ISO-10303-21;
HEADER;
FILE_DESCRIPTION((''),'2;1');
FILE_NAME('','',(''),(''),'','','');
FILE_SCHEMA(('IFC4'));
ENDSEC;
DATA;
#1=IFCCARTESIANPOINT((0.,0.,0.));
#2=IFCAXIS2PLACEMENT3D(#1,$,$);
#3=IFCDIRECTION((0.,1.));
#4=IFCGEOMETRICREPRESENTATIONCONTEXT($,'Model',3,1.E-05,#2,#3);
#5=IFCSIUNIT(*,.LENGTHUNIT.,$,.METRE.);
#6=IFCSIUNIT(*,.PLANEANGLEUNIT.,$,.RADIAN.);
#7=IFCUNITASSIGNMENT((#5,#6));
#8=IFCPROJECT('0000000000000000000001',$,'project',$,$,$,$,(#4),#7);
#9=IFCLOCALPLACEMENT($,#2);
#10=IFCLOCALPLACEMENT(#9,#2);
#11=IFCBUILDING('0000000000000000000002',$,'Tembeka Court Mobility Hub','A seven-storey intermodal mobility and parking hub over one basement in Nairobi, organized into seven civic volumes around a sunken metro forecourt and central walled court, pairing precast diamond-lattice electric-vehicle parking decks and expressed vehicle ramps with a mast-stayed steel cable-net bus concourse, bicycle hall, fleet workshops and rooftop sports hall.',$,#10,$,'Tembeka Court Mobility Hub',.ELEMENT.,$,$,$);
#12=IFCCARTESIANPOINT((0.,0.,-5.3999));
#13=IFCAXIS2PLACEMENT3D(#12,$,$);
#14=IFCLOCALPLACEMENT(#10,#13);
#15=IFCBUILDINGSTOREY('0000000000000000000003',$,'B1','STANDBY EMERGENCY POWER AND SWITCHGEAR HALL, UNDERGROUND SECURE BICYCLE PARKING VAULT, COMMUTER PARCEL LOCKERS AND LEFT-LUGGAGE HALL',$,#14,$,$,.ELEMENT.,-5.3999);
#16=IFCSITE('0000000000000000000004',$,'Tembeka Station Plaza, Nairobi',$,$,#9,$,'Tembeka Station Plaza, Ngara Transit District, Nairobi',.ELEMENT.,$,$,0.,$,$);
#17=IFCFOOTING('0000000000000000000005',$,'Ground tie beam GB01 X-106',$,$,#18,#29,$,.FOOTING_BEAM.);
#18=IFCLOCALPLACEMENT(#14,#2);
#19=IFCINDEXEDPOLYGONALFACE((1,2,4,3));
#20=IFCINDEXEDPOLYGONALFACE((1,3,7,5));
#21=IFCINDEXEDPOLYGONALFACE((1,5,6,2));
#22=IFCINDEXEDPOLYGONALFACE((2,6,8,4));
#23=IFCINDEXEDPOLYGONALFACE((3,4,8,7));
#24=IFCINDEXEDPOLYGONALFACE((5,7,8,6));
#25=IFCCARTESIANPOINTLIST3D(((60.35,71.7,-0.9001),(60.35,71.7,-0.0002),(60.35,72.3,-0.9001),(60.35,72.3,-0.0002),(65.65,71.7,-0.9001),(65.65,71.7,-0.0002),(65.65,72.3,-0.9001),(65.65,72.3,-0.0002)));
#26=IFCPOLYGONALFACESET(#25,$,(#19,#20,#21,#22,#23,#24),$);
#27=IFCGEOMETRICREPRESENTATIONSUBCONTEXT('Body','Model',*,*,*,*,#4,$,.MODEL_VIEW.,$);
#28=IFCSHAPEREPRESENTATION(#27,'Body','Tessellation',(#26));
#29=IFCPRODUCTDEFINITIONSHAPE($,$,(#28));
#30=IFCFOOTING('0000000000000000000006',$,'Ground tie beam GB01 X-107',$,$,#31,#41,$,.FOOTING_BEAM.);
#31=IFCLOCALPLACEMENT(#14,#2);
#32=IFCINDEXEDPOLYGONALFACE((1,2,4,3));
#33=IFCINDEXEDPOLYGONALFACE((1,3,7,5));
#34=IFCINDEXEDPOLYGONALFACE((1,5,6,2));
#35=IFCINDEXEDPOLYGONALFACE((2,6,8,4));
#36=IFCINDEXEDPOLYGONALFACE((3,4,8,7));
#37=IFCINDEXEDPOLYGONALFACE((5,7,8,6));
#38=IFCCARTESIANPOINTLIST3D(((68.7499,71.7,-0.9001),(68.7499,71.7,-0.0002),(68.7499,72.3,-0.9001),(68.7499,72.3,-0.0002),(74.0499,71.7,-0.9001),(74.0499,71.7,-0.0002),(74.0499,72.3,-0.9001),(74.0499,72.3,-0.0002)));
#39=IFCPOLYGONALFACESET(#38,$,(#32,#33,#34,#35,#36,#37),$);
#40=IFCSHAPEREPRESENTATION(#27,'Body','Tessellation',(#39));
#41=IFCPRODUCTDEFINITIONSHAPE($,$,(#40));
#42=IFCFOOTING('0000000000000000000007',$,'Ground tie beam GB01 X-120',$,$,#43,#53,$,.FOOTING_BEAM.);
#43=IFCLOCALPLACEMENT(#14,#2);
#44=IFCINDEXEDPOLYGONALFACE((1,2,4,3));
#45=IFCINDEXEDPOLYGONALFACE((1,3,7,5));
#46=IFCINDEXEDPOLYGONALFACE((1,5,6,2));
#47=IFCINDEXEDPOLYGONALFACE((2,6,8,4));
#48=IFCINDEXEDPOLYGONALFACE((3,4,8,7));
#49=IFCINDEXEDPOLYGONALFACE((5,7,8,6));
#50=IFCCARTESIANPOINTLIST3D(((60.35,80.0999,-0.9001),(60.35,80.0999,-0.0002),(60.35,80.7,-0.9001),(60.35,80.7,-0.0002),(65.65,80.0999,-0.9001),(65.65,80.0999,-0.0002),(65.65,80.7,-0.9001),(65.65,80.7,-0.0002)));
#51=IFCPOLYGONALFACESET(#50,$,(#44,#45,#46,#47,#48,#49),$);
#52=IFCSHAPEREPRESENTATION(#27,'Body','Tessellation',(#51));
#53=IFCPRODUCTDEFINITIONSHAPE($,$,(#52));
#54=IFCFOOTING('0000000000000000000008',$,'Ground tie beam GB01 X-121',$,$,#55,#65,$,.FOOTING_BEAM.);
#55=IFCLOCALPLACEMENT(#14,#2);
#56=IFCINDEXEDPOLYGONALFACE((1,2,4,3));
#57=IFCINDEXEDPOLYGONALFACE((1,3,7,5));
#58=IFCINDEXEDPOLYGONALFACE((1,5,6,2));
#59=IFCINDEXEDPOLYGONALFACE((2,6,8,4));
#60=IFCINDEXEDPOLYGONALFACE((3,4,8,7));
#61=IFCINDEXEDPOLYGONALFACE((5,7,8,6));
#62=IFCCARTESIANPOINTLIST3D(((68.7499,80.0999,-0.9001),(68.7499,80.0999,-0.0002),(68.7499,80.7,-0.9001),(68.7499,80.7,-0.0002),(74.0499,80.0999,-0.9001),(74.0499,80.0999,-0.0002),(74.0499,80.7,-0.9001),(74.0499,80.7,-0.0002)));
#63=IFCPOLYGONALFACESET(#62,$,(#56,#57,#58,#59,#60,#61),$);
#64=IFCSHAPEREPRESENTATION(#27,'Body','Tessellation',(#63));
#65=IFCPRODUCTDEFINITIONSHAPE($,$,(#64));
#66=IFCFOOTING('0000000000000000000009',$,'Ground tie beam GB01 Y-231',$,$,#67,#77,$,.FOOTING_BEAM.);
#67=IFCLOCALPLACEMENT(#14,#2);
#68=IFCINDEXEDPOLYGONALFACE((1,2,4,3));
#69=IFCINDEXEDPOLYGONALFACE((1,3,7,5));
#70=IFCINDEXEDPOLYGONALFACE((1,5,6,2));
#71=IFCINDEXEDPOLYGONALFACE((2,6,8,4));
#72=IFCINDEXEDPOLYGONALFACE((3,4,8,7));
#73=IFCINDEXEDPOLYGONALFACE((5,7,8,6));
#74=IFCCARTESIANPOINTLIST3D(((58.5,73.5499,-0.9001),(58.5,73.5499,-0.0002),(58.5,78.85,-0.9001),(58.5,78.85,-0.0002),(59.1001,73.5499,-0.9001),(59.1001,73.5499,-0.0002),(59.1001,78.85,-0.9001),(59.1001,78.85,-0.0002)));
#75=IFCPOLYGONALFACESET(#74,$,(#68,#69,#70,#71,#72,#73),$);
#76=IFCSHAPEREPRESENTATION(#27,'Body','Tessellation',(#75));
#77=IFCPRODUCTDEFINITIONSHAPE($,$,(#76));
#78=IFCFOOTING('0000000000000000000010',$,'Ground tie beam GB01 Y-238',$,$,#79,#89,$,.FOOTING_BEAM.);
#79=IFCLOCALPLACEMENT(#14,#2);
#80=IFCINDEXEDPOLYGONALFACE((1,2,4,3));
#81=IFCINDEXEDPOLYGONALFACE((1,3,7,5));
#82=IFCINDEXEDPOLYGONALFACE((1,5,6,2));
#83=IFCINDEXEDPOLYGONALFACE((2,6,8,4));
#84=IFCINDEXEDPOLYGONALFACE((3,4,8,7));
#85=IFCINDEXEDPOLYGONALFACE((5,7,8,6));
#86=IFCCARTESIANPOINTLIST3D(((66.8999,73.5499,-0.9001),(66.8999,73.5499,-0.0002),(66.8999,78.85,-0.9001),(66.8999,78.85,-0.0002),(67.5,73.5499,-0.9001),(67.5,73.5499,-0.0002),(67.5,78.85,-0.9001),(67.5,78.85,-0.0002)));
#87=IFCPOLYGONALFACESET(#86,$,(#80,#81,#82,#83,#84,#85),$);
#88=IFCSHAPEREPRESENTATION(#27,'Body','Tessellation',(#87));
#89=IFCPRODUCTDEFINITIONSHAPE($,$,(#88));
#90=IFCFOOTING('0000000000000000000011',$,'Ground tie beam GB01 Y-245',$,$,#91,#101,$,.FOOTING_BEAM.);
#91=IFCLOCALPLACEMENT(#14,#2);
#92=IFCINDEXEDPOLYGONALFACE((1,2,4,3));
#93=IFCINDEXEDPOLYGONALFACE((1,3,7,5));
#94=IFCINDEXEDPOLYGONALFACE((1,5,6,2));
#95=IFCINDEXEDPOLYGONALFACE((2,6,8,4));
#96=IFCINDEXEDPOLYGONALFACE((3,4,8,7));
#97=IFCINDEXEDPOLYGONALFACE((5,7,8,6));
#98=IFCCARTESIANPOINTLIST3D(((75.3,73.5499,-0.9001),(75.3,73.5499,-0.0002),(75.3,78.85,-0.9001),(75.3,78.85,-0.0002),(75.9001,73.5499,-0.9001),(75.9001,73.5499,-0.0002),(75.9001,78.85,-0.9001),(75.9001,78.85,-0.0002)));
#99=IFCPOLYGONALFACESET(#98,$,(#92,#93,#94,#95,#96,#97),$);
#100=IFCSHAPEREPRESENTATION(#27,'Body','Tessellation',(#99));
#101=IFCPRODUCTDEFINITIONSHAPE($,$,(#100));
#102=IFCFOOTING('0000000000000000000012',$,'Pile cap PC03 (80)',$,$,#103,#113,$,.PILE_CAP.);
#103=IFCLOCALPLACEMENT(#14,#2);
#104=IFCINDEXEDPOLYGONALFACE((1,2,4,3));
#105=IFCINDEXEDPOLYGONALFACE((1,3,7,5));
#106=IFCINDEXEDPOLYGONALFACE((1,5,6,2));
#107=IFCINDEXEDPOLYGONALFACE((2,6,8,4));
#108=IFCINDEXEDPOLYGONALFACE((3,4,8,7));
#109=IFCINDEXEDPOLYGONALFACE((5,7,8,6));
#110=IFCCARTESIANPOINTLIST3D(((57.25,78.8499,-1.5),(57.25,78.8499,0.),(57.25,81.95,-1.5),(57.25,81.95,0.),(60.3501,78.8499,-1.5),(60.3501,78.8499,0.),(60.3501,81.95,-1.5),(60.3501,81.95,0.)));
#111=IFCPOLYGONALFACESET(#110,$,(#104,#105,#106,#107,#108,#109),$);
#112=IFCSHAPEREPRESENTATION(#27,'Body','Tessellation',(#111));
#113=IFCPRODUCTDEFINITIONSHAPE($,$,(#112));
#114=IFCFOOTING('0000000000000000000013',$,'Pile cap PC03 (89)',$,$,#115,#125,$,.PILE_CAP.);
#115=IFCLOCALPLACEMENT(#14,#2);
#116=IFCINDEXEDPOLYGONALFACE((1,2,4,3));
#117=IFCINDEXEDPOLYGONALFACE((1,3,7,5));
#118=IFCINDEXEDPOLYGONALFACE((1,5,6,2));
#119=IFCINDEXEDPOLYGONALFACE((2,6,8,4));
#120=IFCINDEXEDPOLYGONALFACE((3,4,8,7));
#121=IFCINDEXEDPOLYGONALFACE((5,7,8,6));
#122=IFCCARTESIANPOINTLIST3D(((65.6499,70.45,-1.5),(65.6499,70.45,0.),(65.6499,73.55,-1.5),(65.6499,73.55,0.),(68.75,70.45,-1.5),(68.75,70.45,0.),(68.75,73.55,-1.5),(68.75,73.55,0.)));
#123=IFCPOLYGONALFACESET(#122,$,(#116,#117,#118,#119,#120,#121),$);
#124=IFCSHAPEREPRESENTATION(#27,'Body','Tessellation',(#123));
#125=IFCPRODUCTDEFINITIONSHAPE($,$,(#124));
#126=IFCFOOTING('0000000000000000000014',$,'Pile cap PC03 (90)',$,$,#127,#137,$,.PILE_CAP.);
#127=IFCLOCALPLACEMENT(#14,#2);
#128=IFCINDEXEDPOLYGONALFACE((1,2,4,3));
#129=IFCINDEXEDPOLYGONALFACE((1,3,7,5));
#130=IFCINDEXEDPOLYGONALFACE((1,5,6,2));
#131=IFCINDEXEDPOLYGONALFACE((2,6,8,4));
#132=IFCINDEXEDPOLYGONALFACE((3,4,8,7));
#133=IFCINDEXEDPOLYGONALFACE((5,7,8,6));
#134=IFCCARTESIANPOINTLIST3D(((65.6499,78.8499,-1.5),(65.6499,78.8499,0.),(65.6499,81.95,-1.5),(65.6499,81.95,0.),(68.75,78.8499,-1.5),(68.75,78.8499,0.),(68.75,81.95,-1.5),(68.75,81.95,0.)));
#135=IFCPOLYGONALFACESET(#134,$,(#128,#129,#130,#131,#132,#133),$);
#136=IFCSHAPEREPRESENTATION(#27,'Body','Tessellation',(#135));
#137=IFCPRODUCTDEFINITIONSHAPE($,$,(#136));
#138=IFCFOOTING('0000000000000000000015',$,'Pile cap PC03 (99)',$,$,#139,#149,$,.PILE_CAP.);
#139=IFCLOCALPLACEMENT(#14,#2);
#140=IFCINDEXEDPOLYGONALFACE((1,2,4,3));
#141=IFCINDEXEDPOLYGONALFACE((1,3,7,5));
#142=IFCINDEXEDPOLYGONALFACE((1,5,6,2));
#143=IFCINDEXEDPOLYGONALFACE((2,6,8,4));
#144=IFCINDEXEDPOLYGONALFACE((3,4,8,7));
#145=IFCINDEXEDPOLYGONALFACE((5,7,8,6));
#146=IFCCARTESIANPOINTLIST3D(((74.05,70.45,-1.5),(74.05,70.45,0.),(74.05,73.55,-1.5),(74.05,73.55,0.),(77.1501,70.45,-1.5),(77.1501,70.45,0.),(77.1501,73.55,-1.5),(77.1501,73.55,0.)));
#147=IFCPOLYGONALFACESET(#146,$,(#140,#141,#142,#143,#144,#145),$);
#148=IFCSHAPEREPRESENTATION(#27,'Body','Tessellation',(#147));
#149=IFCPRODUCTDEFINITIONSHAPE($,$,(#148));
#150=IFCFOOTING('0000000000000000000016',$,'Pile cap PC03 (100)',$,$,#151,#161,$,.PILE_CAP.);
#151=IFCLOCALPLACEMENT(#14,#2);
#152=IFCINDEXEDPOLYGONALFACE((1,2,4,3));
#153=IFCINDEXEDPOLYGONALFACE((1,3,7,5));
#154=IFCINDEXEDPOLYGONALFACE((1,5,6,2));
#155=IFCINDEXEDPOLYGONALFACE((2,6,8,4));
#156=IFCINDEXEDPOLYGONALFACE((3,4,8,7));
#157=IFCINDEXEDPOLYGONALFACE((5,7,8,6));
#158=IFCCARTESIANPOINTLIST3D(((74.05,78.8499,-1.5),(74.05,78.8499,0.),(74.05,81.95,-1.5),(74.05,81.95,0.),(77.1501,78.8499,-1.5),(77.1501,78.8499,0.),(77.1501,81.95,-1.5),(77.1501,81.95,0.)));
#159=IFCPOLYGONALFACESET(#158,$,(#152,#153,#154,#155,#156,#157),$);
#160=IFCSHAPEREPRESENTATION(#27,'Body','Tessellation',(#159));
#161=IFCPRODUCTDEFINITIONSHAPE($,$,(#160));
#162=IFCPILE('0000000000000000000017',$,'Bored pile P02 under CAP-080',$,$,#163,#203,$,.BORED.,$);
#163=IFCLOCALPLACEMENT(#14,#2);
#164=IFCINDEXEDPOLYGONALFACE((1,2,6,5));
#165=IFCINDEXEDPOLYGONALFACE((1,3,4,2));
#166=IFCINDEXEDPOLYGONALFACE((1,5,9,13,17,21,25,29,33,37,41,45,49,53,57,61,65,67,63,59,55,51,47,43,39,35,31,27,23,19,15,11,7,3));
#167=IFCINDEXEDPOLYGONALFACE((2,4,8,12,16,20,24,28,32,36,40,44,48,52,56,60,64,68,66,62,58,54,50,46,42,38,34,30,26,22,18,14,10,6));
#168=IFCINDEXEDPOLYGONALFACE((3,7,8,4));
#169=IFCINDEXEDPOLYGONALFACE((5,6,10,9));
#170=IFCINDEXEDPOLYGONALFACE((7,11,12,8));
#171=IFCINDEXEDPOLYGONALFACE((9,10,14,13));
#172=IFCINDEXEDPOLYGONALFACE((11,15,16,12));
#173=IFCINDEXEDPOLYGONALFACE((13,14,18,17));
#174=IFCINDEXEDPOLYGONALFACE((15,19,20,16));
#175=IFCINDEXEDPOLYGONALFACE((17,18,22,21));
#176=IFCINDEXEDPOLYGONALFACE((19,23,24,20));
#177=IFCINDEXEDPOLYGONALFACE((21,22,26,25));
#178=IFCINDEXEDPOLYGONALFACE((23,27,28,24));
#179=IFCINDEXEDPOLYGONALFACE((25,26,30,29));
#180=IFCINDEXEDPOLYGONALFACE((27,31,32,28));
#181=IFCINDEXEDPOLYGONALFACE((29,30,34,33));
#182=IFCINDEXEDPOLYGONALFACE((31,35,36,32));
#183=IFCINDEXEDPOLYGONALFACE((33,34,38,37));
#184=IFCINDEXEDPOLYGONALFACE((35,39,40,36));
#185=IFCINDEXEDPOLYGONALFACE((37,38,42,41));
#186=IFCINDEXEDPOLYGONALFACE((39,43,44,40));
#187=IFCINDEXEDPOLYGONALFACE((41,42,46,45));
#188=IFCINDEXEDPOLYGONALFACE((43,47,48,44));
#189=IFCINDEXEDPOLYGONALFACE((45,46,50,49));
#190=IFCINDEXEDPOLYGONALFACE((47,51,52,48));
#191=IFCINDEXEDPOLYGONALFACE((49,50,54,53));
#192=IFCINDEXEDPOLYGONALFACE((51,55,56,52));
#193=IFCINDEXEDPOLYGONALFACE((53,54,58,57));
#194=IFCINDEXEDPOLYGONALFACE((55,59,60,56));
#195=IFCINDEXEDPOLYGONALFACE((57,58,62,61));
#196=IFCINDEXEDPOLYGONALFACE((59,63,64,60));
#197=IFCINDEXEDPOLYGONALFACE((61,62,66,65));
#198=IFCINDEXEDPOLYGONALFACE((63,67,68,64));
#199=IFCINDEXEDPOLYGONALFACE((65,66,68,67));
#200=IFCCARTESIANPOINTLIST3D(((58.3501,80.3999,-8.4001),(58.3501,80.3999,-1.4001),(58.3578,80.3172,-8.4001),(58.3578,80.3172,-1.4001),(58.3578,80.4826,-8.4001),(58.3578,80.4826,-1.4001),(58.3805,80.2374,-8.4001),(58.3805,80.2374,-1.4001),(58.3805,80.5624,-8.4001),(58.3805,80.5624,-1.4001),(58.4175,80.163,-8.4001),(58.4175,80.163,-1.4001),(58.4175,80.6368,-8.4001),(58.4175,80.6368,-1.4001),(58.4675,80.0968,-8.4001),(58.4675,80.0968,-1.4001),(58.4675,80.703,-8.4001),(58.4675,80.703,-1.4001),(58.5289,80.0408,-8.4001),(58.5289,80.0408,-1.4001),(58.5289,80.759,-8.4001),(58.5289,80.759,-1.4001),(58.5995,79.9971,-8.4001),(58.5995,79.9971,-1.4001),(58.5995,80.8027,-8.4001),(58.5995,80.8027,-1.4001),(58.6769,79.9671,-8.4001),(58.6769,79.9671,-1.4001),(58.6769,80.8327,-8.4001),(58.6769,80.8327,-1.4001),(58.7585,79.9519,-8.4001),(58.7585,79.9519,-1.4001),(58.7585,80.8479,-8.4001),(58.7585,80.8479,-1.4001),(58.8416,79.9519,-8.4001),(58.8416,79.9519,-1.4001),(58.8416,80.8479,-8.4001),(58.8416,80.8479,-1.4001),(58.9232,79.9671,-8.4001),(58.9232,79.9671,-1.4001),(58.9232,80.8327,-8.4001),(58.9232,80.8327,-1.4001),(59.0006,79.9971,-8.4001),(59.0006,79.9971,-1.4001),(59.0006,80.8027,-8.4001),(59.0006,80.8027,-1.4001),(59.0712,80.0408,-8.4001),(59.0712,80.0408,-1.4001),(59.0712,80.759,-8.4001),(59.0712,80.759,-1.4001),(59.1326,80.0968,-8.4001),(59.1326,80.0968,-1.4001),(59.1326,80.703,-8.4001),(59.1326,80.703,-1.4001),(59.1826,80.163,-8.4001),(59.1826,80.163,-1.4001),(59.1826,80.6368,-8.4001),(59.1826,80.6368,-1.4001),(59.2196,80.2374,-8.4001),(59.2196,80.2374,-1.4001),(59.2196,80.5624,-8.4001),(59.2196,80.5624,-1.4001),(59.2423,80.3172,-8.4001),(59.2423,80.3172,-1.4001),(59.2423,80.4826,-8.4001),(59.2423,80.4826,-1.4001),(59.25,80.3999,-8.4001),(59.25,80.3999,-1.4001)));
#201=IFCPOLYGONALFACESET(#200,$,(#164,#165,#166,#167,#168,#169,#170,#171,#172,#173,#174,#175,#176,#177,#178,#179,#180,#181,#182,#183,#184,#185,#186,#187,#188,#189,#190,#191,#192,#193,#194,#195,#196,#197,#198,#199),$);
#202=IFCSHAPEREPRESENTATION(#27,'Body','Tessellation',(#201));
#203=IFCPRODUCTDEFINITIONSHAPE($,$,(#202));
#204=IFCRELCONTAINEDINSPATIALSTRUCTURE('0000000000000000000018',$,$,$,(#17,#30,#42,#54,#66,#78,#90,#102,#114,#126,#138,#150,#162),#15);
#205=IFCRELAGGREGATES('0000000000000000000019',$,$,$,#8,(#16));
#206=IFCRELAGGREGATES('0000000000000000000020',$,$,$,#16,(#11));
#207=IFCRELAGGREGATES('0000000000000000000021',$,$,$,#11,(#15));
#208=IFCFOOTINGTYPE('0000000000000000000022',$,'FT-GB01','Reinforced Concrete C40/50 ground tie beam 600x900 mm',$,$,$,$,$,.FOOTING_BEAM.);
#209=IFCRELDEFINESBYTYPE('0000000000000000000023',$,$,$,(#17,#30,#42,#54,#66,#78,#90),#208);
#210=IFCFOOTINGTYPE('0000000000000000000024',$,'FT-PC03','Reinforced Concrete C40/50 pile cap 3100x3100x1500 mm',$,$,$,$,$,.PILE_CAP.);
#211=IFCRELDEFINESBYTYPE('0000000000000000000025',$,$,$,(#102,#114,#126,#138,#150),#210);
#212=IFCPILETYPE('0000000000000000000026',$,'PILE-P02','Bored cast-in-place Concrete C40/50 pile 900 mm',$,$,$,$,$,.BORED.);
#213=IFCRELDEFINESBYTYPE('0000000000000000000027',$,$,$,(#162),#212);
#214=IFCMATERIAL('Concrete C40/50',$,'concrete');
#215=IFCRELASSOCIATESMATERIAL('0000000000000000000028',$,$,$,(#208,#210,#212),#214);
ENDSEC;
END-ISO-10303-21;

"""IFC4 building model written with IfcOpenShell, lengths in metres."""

from ifc_helpers import new_model, si_unit, direction, frame, origin, origin_2d, place, context, subcontext, project, spatial, rectangle, circle, extrude, material, material_profile, profile_set, type_object, element, save


model = new_model("IFC4")

# Units and contexts
model_context = context("Model", 3, precision=1e-05, world=origin(), true_north=direction((0.0, 1.0)))
body_context = subcontext(model_context, "Body", "Model", "MODEL_VIEW")
ifc_project = project(units=[si_unit("LENGTHUNIT", "METRE"), si_unit("PLANEANGLEUNIT", "RADIAN")], contexts=[model_context])

# Site, building, storey
site_placement = place(None, origin())
site = spatial("IfcSite", under=ifc_project, at=site_placement, Name="Tembeka Station Plaza, Nairobi", LongName="Tembeka Station Plaza, Ngara Transit District, Nairobi", CompositionType="ELEMENT", RefElevation=0.0)
building_placement = place(site_placement, origin())
building = spatial("IfcBuilding", under=site, at=building_placement, Name="Tembeka Court Mobility Hub", Description="A seven-storey intermodal mobility and parking hub over one basement in Nairobi, organized into seven civic volumes around a sunken metro forecourt and central walled court, pairing precast diamond-lattice electric-vehicle parking decks and expressed vehicle ramps with a mast-stayed steel cable-net bus concourse, bicycle hall, fleet workshops and rooftop sports hall.", LongName="Tembeka Court Mobility Hub", CompositionType="ELEMENT")
storey_placement = place(building_placement, frame((0.0, 0.0, -5.3999)))
storey = spatial("IfcBuildingStorey", under=building, at=storey_placement, Name="B1", Description="STANDBY EMERGENCY POWER AND SWITCHGEAR HALL, UNDERGROUND SECURE BICYCLE PARKING VAULT, COMMUTER PARCEL LOCKERS AND LEFT-LUGGAGE HALL", CompositionType="ELEMENT", Elevation=-5.3999)

# Footings
ifc_material_1 = material(Name="Concrete C40/50", Category="concrete")
footing_type_1 = type_object("IfcFootingType", Name="FT-GB01", Description="Reinforced Concrete C40/50 ground tie beam 600x900 mm", PredefinedType="FOOTING_BEAM", material=ifc_material_1)
for number, where, z_axis, x_axis, name in (
    (1, (63.0, 72.0, -0.9001), (0.0, 0.0, 1.0), (1.0, 0.0, 0.0), "Ground tie beam GB01 X-106"),
    (2, (71.3999, 72.0, -0.9001), (0.0, 0.0, 1.0), (1.0, 0.0, 0.0), "Ground tie beam GB01 X-107"),
    (3, (63.0, 80.3999, -0.9001), (0.0, 0.0, 1.0), (1.0, 0.0, 0.0), "Ground tie beam GB01 X-120"),
    (4, (71.3999, 80.3999, -0.9001), (0.0, 0.0, 1.0), (1.0, 0.0, 0.0), "Ground tie beam GB01 X-121"),
    (5, (58.8, 76.2, -0.9001), (0.0, 0.0, 1.0), (0.0, 1.0, 0.0), "Ground tie beam GB01 Y-231"),
    (6, (67.2, 76.2, -0.9001), (0.0, 0.0, 1.0), (0.0, 1.0, 0.0), "Ground tie beam GB01 Y-238"),
    (7, (75.6001, 76.2, -0.9001), (0.0, 0.0, 1.0), (0.0, 1.0, 0.0), "Ground tie beam GB01 Y-245"),
):
    element("IfcFooting", number, at=place(storey_placement, frame(where, z_axis=z_axis, x_axis=x_axis)), inside=storey, type_object=footing_type_1, Name=name, PredefinedType="FOOTING_BEAM", context=body_context, shape_type="SweptSolid", body=[
        extrude(rectangle(XDim=5.3, YDim=0.6001, at=origin_2d()), origin(), (0.0, 0.0, 1.0), 0.8999),
    ])
footing_type_2 = type_object("IfcFootingType", Name="FT-PC03", Description="Reinforced Concrete C40/50 pile cap 3100x3100x1500 mm", PredefinedType="PILE_CAP", material=ifc_material_1)
for number, where, z_axis, x_axis, name in (
    (8, (58.8, 80.3999, -1.5), (0.0, 0.0, 1.0), (1.0, 0.0, 0.0), "Pile cap PC03 (80)"),
    (9, (67.2, 72.0, -1.5), (0.0, 0.0, 1.0), (1.0, 0.0, 0.0), "Pile cap PC03 (89)"),
    (10, (67.2, 80.3999, -1.5), (0.0, 0.0, 1.0), (1.0, 0.0, 0.0), "Pile cap PC03 (90)"),
    (11, (75.6001, 72.0, -1.5), (0.0, 0.0, 1.0), (1.0, 0.0, 0.0), "Pile cap PC03 (99)"),
    (12, (75.6001, 80.3999, -1.5), (0.0, 0.0, 1.0), (1.0, 0.0, 0.0), "Pile cap PC03 (100)"),
):
    element("IfcFooting", number, at=place(storey_placement, frame(where, z_axis=z_axis, x_axis=x_axis)), inside=storey, type_object=footing_type_2, Name=name, PredefinedType="PILE_CAP", context=body_context, shape_type="SweptSolid", body=[
        extrude(rectangle(XDim=3.1001, YDim=3.1001, at=origin_2d()), origin(), (0.0, 0.0, 1.0), 1.5),
    ])

# Pile
ifc_material_profile_1 = material_profile(ifc_material_1, circle(Radius=0.45, at=origin_2d()), Name="PILE D900")
ifc_profile_set_1 = profile_set([ifc_material_profile_1], Name="Concrete C40/50")
pile_type = type_object("IfcPileType", Name="PILE-P02", Description="Bored cast-in-place Concrete C40/50 pile 900 mm", PredefinedType="BORED", material=ifc_profile_set_1)
for number, where, z_axis, x_axis, name in (
    (13, (58.8, 80.3999, -1.4001), (0.0, 0.0, -1.0), (1.0, 0.0, 0.0), "Bored pile P02 under CAP-080"),
):
    element("IfcPile", number, at=place(storey_placement, frame(where, z_axis=z_axis, x_axis=x_axis)), inside=storey, type_object=pile_type, Name=name, PredefinedType="BORED", context=body_context, shape_type="SweptSolid", body=[
        extrude(circle(Radius=0.45, at=origin_2d()), origin(), (0.0, 0.0, 1.0), 7.0),
    ])

save(model, "model.ifc")
